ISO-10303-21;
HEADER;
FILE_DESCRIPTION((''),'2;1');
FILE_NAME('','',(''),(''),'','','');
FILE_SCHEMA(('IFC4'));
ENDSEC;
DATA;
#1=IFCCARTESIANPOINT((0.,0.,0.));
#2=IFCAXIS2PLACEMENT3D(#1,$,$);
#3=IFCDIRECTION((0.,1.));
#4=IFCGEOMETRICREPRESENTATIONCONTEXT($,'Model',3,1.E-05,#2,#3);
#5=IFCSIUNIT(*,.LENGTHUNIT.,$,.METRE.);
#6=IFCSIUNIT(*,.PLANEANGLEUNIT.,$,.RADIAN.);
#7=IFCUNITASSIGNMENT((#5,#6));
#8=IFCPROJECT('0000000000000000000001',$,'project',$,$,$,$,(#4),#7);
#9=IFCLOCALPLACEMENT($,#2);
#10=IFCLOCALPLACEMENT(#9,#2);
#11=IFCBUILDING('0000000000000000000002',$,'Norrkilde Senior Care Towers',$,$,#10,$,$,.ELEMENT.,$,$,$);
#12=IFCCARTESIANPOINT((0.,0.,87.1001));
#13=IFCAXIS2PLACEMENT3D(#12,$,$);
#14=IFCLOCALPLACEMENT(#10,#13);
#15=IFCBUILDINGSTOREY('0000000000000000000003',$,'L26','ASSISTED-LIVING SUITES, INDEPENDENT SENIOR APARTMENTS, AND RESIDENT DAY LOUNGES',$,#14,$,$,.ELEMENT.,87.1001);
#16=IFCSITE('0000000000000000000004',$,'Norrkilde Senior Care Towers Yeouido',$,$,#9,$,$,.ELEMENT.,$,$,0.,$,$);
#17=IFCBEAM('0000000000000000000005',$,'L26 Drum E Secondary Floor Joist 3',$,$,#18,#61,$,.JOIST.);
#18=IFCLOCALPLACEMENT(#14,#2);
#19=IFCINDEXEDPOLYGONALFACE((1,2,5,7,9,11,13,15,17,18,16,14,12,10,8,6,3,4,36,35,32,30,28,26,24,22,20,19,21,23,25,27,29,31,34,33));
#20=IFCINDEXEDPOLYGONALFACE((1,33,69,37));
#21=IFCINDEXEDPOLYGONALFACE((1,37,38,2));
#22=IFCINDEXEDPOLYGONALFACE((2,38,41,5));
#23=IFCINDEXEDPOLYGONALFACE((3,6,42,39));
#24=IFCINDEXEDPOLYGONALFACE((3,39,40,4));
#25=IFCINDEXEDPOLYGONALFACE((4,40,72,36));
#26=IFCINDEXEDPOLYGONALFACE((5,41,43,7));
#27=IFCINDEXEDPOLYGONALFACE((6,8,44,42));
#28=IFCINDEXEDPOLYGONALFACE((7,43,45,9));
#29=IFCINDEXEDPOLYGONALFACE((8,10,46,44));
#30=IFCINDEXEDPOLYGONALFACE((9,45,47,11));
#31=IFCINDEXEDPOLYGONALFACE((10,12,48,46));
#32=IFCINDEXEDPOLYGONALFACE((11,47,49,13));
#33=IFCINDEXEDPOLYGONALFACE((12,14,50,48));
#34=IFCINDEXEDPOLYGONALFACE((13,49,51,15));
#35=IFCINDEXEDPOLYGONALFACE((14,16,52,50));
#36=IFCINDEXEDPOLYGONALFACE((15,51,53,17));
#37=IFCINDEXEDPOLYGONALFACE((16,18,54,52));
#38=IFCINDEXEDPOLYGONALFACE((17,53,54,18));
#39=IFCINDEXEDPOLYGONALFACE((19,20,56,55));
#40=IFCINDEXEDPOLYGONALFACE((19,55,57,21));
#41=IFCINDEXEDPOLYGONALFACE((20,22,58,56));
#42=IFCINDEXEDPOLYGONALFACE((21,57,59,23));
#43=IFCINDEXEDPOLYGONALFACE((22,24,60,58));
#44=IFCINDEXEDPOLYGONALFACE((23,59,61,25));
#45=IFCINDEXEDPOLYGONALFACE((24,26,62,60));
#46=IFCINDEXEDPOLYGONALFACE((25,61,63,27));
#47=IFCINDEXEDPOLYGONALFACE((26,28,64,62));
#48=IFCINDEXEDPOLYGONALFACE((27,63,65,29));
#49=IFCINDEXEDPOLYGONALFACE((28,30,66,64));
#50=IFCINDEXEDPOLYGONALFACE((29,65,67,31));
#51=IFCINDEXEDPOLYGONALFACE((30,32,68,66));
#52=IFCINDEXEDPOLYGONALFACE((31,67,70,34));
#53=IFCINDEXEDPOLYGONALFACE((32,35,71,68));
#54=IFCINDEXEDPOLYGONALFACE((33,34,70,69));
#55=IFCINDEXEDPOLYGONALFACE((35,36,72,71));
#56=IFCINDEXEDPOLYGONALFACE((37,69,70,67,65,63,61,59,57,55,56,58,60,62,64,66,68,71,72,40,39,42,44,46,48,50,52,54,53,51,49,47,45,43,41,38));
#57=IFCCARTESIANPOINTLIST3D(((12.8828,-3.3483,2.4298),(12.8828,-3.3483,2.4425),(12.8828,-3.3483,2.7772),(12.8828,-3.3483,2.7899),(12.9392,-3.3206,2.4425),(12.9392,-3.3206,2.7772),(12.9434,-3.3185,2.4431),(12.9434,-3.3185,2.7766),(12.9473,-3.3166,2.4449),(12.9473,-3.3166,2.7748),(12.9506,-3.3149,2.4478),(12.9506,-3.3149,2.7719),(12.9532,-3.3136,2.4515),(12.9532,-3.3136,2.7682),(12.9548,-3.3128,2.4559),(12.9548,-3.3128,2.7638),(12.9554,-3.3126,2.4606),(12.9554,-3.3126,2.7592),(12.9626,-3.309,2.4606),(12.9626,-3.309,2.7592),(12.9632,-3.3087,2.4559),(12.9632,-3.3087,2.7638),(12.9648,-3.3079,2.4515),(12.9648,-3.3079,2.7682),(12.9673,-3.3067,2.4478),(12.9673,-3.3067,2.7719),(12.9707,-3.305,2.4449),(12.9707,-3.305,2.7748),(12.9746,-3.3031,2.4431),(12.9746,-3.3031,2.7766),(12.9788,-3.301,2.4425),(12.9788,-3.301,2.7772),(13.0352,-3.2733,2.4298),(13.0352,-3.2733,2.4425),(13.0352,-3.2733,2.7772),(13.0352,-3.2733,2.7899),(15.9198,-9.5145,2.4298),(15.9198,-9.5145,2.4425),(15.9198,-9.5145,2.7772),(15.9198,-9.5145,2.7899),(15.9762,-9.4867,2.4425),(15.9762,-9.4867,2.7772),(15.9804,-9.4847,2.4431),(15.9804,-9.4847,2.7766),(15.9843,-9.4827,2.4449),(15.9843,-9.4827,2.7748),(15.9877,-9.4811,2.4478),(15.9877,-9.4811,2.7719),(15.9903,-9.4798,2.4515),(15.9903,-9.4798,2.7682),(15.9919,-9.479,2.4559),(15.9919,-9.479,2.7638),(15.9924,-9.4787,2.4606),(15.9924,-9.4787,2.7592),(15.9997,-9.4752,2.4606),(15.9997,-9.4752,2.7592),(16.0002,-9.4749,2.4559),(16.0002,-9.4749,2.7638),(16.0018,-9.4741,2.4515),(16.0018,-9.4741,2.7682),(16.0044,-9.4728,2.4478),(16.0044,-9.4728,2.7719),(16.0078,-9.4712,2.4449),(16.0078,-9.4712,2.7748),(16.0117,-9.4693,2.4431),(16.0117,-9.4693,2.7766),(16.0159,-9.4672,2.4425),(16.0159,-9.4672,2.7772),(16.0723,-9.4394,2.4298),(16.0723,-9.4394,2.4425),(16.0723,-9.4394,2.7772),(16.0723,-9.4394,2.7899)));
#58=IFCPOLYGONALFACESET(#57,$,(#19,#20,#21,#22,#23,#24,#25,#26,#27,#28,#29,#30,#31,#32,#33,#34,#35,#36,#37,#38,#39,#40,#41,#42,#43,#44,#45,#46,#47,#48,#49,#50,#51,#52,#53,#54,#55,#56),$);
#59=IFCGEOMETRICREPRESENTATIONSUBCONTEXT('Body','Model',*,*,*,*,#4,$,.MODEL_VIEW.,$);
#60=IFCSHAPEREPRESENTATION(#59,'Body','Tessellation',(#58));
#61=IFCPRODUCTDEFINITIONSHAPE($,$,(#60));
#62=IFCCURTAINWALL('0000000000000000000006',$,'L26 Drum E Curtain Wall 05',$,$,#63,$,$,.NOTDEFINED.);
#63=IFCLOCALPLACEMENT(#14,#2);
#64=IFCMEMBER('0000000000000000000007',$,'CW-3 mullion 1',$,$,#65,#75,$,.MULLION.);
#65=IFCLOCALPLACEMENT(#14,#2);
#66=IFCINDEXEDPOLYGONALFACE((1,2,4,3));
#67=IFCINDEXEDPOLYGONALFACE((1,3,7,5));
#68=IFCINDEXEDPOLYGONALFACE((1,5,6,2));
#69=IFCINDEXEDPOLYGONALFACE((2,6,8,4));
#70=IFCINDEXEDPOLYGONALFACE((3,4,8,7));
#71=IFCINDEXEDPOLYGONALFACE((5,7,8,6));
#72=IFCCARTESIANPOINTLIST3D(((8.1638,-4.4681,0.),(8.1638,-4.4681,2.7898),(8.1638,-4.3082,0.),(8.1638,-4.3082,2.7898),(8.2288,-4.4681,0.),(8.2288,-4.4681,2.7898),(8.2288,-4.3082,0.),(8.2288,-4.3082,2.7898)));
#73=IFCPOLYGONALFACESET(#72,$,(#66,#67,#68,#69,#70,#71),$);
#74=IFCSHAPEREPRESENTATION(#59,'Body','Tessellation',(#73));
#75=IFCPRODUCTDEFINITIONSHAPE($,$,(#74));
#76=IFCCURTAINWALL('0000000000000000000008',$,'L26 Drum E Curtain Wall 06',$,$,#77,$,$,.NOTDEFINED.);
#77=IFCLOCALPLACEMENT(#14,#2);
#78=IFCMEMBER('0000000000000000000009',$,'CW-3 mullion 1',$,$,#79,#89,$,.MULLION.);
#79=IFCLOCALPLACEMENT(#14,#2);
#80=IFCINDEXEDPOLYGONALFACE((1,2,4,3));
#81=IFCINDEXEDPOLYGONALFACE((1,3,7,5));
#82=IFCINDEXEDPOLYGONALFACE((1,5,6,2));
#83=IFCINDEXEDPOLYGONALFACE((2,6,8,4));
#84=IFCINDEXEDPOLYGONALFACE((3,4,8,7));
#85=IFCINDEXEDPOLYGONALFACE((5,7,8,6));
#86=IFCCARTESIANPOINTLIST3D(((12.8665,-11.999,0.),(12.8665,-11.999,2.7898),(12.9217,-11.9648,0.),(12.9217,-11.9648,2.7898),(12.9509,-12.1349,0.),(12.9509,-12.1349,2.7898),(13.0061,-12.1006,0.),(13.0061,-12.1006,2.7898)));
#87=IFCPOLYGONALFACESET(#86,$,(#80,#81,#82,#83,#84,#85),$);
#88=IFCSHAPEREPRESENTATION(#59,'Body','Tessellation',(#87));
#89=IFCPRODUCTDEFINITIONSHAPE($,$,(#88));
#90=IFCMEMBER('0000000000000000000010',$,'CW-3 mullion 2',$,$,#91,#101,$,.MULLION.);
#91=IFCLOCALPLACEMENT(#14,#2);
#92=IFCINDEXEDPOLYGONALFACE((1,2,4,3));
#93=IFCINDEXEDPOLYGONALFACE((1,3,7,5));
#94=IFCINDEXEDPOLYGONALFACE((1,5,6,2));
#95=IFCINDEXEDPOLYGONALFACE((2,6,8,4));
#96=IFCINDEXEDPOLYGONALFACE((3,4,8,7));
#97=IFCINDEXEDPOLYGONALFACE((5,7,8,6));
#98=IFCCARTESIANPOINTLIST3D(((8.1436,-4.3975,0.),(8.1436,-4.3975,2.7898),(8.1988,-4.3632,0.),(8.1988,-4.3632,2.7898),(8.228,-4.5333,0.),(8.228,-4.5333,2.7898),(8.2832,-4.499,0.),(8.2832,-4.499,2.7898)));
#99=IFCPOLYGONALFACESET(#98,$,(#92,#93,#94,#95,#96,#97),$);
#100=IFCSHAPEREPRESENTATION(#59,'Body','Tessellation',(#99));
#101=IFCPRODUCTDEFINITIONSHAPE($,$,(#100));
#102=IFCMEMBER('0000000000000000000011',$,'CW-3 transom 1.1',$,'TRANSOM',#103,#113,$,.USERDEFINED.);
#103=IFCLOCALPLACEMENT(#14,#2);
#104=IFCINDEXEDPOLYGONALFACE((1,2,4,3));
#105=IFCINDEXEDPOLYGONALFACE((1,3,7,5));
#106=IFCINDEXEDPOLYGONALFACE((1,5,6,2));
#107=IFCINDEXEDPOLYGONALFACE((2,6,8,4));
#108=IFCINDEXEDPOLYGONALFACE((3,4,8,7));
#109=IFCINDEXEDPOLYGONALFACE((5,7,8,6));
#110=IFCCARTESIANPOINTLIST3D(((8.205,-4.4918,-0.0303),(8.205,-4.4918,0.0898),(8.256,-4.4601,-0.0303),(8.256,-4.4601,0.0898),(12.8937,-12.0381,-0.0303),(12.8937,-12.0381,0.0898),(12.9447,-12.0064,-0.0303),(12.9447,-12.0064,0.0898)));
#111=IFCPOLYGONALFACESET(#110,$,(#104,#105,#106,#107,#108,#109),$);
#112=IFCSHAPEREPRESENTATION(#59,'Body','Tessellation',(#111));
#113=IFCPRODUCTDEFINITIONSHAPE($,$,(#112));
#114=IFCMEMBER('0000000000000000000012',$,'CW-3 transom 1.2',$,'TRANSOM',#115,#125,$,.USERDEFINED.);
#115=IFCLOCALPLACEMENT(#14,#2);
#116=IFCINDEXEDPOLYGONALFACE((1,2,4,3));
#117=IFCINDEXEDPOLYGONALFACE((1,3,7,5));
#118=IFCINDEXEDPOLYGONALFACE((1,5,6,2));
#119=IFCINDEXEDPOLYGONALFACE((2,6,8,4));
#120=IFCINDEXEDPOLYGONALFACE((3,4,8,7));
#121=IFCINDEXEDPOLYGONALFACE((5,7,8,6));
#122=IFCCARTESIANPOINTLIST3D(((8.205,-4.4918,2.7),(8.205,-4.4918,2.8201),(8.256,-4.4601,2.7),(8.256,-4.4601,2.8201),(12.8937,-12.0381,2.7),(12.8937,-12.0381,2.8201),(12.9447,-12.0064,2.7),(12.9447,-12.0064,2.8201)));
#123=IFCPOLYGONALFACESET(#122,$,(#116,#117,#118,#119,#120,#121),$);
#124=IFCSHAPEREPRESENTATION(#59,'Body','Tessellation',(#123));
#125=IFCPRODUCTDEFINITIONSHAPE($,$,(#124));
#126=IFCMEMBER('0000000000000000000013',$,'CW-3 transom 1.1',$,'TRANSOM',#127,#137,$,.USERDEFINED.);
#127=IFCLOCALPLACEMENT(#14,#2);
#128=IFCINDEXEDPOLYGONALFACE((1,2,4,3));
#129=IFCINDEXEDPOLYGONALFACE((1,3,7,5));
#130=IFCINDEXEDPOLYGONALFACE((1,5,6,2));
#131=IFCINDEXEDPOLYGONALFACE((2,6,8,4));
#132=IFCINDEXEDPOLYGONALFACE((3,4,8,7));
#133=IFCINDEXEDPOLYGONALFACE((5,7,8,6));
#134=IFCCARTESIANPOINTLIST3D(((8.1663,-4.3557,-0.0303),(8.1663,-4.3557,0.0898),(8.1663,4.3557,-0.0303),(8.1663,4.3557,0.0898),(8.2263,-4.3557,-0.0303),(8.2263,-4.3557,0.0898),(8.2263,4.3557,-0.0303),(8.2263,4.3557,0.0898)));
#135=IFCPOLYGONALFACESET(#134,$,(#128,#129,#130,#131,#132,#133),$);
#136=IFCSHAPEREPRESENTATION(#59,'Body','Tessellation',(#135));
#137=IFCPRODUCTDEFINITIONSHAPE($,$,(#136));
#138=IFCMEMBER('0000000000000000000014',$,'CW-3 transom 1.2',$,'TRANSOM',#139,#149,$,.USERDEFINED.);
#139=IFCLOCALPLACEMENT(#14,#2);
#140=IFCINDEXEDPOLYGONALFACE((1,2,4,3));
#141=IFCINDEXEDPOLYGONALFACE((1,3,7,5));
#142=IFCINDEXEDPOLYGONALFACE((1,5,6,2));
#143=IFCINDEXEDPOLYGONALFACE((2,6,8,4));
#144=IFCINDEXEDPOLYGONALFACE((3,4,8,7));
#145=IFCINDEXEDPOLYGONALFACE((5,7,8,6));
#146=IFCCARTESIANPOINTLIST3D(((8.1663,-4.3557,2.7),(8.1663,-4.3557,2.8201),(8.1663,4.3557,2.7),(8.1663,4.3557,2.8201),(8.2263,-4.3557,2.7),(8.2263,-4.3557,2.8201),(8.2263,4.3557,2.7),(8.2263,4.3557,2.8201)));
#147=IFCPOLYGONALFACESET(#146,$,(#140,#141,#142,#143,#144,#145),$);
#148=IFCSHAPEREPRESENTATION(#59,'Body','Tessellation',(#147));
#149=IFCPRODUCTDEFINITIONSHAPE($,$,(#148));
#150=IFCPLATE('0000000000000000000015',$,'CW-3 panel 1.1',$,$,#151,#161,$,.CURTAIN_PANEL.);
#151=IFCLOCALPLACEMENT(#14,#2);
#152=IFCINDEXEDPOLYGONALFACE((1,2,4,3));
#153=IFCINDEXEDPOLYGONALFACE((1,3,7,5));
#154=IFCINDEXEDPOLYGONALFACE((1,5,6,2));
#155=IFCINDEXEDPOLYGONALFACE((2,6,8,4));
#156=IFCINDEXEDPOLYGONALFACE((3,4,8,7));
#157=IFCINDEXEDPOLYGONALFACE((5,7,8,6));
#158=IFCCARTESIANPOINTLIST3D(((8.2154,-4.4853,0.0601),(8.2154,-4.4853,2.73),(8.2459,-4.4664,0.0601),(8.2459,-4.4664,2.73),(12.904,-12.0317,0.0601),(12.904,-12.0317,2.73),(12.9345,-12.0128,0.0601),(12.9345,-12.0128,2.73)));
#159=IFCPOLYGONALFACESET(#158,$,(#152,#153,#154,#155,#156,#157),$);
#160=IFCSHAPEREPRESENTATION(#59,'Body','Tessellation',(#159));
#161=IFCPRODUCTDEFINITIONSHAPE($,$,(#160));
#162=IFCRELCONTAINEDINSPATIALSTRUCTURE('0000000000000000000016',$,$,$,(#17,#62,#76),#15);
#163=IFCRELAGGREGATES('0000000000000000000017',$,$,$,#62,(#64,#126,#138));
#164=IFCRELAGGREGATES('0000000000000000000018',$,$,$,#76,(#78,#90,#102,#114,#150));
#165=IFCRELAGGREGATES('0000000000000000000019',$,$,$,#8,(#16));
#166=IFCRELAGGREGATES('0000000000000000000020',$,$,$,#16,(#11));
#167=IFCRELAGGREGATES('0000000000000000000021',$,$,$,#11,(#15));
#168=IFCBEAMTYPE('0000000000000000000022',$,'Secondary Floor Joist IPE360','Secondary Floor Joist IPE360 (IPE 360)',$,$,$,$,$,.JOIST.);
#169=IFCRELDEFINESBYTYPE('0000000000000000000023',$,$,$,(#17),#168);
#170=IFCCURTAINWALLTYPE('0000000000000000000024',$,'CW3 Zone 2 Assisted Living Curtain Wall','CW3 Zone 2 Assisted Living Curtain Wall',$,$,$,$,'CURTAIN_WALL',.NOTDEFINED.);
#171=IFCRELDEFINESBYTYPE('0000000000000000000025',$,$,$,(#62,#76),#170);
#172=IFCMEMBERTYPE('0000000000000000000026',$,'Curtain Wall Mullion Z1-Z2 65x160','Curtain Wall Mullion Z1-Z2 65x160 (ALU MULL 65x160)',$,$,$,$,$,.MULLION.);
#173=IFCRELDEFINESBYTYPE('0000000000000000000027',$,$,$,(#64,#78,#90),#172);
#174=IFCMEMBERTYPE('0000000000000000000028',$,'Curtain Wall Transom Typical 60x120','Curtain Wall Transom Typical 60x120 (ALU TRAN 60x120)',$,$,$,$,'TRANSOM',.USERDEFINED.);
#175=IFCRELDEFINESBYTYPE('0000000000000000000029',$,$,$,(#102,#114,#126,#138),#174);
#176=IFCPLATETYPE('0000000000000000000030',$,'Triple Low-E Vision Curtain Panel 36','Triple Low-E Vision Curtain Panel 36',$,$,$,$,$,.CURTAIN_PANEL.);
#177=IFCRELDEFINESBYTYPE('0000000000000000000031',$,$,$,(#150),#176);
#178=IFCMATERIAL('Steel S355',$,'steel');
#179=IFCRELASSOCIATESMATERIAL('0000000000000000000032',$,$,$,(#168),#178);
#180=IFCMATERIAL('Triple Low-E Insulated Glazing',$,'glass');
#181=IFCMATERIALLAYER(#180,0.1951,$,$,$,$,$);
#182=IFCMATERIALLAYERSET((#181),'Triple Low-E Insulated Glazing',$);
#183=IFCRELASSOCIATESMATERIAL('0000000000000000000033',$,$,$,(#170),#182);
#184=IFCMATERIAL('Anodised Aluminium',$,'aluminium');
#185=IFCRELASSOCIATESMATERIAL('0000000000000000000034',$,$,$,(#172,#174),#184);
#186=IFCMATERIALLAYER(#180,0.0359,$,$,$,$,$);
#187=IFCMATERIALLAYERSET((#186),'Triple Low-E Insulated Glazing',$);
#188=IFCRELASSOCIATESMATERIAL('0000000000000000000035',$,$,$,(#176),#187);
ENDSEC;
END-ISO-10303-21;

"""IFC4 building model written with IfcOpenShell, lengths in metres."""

from ifc_helpers import new_model, si_unit, direction, frame, origin, origin_2d, place, context, subcontext, project, spatial, rectangle, i_section, extrude, source, transform, mapped, material, layer, layer_set, material_profile, profile_set, type_object, type_shapes, element, aggregate, save


model = new_model("IFC4")

# Units and contexts
model_context = context("Model", 3, precision=1e-05, world=origin(), true_north=direction((0.0, 1.0)))
body_context = subcontext(model_context, "Body", "Model", "MODEL_VIEW")
ifc_project = project(units=[si_unit("LENGTHUNIT", "METRE"), si_unit("PLANEANGLEUNIT", "RADIAN")], contexts=[model_context])

# Site, building, storey
site_placement = place(None, origin())
site = spatial("IfcSite", under=ifc_project, at=site_placement, Name="Norrkilde Senior Care Towers Yeouido", CompositionType="ELEMENT", RefElevation=0.0)
building_placement = place(site_placement, origin())
building = spatial("IfcBuilding", under=site, at=building_placement, Name="Norrkilde Senior Care Towers", CompositionType="ELEMENT")
storey_placement = place(building_placement, frame((0.0, 0.0, 87.1001)))
storey = spatial("IfcBuildingStorey", under=building, at=storey_placement, Name="L26", Description="ASSISTED-LIVING SUITES, INDEPENDENT SENIOR APARTMENTS, AND RESIDENT DAY LOUNGES", CompositionType="ELEMENT", Elevation=87.1001)

# Beam
ifc_material_1 = material(Name="Steel S355", Category="steel")
ifc_material_profile_1 = material_profile(ifc_material_1, i_section(OverallWidth=0.1699, OverallDepth=0.3601, WebThickness=0.0081, FlangeThickness=0.0127, FilletRadius=0.0181, at=origin_2d()), Name="IPE 360")
ifc_profile_set_1 = profile_set([ifc_material_profile_1], Name="Steel S355")
beam_type_1 = type_object("IfcBeamType", Name="Secondary Floor Joist IPE360", Description="Secondary Floor Joist IPE360 (IPE 360)", PredefinedType="JOIST", material=ifc_profile_set_1)
shared_shape_1 = source(origin(), body_context, "Body", "SweptSolid", [
    extrude(i_section(OverallWidth=0.1699, OverallDepth=0.3601, WebThickness=0.0081, FlangeThickness=0.0127, FilletRadius=0.0181, at=origin_2d()), origin(), (0.0, 0.0, 1.0), 6.8735),
])
type_shapes(beam_type_1, [shared_shape_1])
beam_1_placement = place(storey_placement, frame((12.959, -3.3108, 2.6099), z_axis=(0.441849, -0.897089, 0.0), x_axis=(0.897089, 0.441849, 0.0)))
element("IfcBeam", 1, at=beam_1_placement, inside=storey, type_object=beam_type_1, Name="L26 Drum E Secondary Floor Joist 3", PredefinedType="JOIST", context=body_context, shape_type="MappedRepresentation", body=[
    mapped(shared_shape_1, transform((0.0, 0.0, 0.0), x_axis=(1.0, 0.0, 0.0), y_axis=(0.0, 1.0, 0.0), z_axis=(0.0, 0.0, 1.0), scale=1.0)),
])

# Curtain wall, member
ifc_material_2 = material(Name="Triple Low-E Insulated Glazing", Category="glass")
ifc_layer_1 = layer(ifc_material_2, 0.1951)
ifc_layer_set_1 = layer_set([ifc_layer_1], Name="Triple Low-E Insulated Glazing")
curtain_wall_type = type_object("IfcCurtainWallType", Name="CW3 Zone 2 Assisted Living Curtain Wall", Description="CW3 Zone 2 Assisted Living Curtain Wall", ElementType="CURTAIN_WALL", PredefinedType="NOTDEFINED", material=ifc_layer_set_1)
curtain_wall_1_placement = place(storey_placement, origin())
curtain_wall_1 = element("IfcCurtainWall", 2, at=curtain_wall_1_placement, inside=storey, type_object=curtain_wall_type, Name="L26 Drum E Curtain Wall 05", PredefinedType="NOTDEFINED")
ifc_material_3 = material(Name="Anodised Aluminium", Category="aluminium")
ifc_material_profile_2 = material_profile(ifc_material_3, rectangle(XDim=0.0649, YDim=0.1599, at=origin_2d()), Name="ALU MULL 65x160")
ifc_profile_set_2 = profile_set([ifc_material_profile_2], Name="Anodised Aluminium")
member_type_1 = type_object("IfcMemberType", Name="Curtain Wall Mullion Z1-Z2 65x160", Description="Curtain Wall Mullion Z1-Z2 65x160 (ALU MULL 65x160)", PredefinedType="MULLION", material=ifc_profile_set_2)
shared_shape_2 = source(origin(), body_context, "Body", "SweptSolid", [
    extrude(rectangle(XDim=0.0649, YDim=0.1599, at=origin_2d()), origin(), (0.0, 0.0, 1.0), 2.7898),
])
type_shapes(member_type_1, [shared_shape_2])
member_1_placement = place(storey_placement, frame((8.1963, -4.3882, 0.0), z_axis=(0.0, 0.0, 1.0), x_axis=(-1.0, 0.0, 0.0)))
member_1 = element("IfcMember", 3, at=member_1_placement, type_object=member_type_1, Name="CW-3 mullion 1", PredefinedType="MULLION", context=body_context, shape_type="MappedRepresentation", body=[
    mapped(shared_shape_2, transform((0.0, 0.0, 0.0), x_axis=(1.0, 0.0, 0.0), y_axis=(0.0, 1.0, 0.0), z_axis=(0.0, 0.0, 1.0), scale=1.0)),
])

# Curtain wall, members
curtain_wall_2_placement = place(storey_placement, origin())
curtain_wall_2 = element("IfcCurtainWall", 4, at=curtain_wall_2_placement, inside=storey, type_object=curtain_wall_type, Name="L26 Drum E Curtain Wall 06", PredefinedType="NOTDEFINED")
member_2_placement = place(storey_placement, frame((12.9363, -12.0498, 0.0), z_axis=(0.0, 0.0, 1.0), x_axis=(-0.84941, -0.527733, 0.0)))
member_2 = element("IfcMember", 5, at=member_2_placement, type_object=member_type_1, Name="CW-3 mullion 1", PredefinedType="MULLION", context=body_context, shape_type="MappedRepresentation", body=[
    mapped(shared_shape_2, transform((0.0, 0.0, 0.0), x_axis=(1.0, 0.0, 0.0), y_axis=(0.0, 1.0, 0.0), z_axis=(0.0, 0.0, 1.0), scale=1.0)),
])
member_3_placement = place(storey_placement, frame((8.2134, -4.4482, 0.0), z_axis=(0.0, 0.0, 1.0), x_axis=(-0.84941, -0.527733, 0.0)))
member_3 = element("IfcMember", 6, at=member_3_placement, type_object=member_type_1, Name="CW-3 mullion 2", PredefinedType="MULLION", context=body_context, shape_type="MappedRepresentation", body=[
    mapped(shared_shape_2, transform((0.0, 0.0, 0.0), x_axis=(1.0, 0.0, 0.0), y_axis=(0.0, 1.0, 0.0), z_axis=(0.0, 0.0, 1.0), scale=1.0)),
])
ifc_material_profile_3 = material_profile(ifc_material_3, rectangle(XDim=0.0601, YDim=0.1201, at=origin_2d()), Name="ALU TRAN 60x120")
ifc_profile_set_3 = profile_set([ifc_material_profile_3], Name="Anodised Aluminium")
member_type_2 = type_object("IfcMemberType", Name="Curtain Wall Transom Typical 60x120", Description="Curtain Wall Transom Typical 60x120 (ALU TRAN 60x120)", ElementType="TRANSOM", PredefinedType="USERDEFINED", material=ifc_profile_set_3)
shared_shape_3 = source(origin(), body_context, "Body", "SweptSolid", [
    extrude(rectangle(XDim=0.0601, YDim=0.1201, at=origin_2d()), origin(), (0.0, 0.0, 1.0), 8.8843),
])
member_4_placement = place(storey_placement, frame((12.9192, -12.0222, 0.0298), z_axis=(-0.527749, 0.8494, 0.0), x_axis=(-0.8494, -0.527749, 0.0)))
member_4 = element("IfcMember", 7, at=member_4_placement, type_object=member_type_2, Name="CW-3 transom 1.1", ObjectType="TRANSOM", PredefinedType="USERDEFINED", context=body_context, shape_type="MappedRepresentation", body=[
    mapped(shared_shape_3, transform((0.0, 0.0, 0.0), x_axis=(1.0, 0.0, 0.0), y_axis=(0.0, 1.0, 0.0), z_axis=(0.0, 0.0, 1.0), scale=1.0)),
])
member_5_placement = place(storey_placement, frame((12.9192, -12.0222, 2.76), z_axis=(-0.527749, 0.8494, 0.0), x_axis=(-0.8494, -0.527749, 0.0)))
member_5 = element("IfcMember", 8, at=member_5_placement, type_object=member_type_2, Name="CW-3 transom 1.2", ObjectType="TRANSOM", PredefinedType="USERDEFINED", context=body_context, shape_type="MappedRepresentation", body=[
    mapped(shared_shape_3, transform((0.0, 0.0, 0.0), x_axis=(1.0, 0.0, 0.0), y_axis=(0.0, 1.0, 0.0), z_axis=(0.0, 0.0, 1.0), scale=1.0)),
])

# Members
shared_shape_4 = source(origin(), body_context, "Body", "SweptSolid", [
    extrude(rectangle(XDim=0.0601, YDim=0.1201, at=origin_2d()), origin(), (0.0, 0.0, 1.0), 8.7114),
])
type_shapes(member_type_2, [shared_shape_3, shared_shape_4])
member_6_placement = place(storey_placement, frame((8.1963, -4.3557, 0.0298), z_axis=(0.0, 1.0, 0.0), x_axis=(-1.0, 0.0, 0.0)))
member_6 = element("IfcMember", 9, at=member_6_placement, type_object=member_type_2, Name="CW-3 transom 1.1", ObjectType="TRANSOM", PredefinedType="USERDEFINED", context=body_context, shape_type="MappedRepresentation", body=[
    mapped(shared_shape_4, transform((0.0, 0.0, 0.0), x_axis=(1.0, 0.0, 0.0), y_axis=(0.0, 1.0, 0.0), z_axis=(0.0, 0.0, 1.0), scale=1.0)),
])
member_7_placement = place(storey_placement, frame((8.1963, -4.3557, 2.76), z_axis=(0.0, 1.0, 0.0), x_axis=(-1.0, 0.0, 0.0)))
member_7 = element("IfcMember", 10, at=member_7_placement, type_object=member_type_2, Name="CW-3 transom 1.2", ObjectType="TRANSOM", PredefinedType="USERDEFINED", context=body_context, shape_type="MappedRepresentation", body=[
    mapped(shared_shape_4, transform((0.0, 0.0, 0.0), x_axis=(1.0, 0.0, 0.0), y_axis=(0.0, 1.0, 0.0), z_axis=(0.0, 0.0, 1.0), scale=1.0)),
])
aggregate(curtain_wall_1, [member_1, member_6, member_7])

# Plate
ifc_layer_2 = layer(ifc_material_2, 0.0359)
ifc_layer_set_2 = layer_set([ifc_layer_2], Name="Triple Low-E Insulated Glazing")
plate_type = type_object("IfcPlateType", Name="Triple Low-E Vision Curtain Panel 36", Description="Triple Low-E Vision Curtain Panel 36", PredefinedType="CURTAIN_PANEL", material=ifc_layer_set_2)
shared_shape_5 = source(origin(), body_context, "Body", "SweptSolid", [
    extrude(rectangle(XDim=8.8843, YDim=0.0359, at=origin_2d()), origin(), (0.0, 0.0, 1.0), 2.6699),
])
type_shapes(plate_type, [shared_shape_5])
plate_placement = place(storey_placement, frame((10.575, -8.249, 0.0601), z_axis=(0.0, 0.0, 1.0), x_axis=(-0.527733, 0.84941, 0.0)))
plate = element("IfcPlate", 11, at=plate_placement, type_object=plate_type, Name="CW-3 panel 1.1", PredefinedType="CURTAIN_PANEL", context=body_context, shape_type="MappedRepresentation", body=[
    mapped(shared_shape_5, transform((0.0, 0.0, 0.0), x_axis=(1.0, 0.0, 0.0), y_axis=(0.0, 1.0, 0.0), z_axis=(0.0, 0.0, 1.0), scale=1.0)),
])
aggregate(curtain_wall_2, [member_2, member_3, member_4, member_5, plate])

save(model, "model.ifc")
